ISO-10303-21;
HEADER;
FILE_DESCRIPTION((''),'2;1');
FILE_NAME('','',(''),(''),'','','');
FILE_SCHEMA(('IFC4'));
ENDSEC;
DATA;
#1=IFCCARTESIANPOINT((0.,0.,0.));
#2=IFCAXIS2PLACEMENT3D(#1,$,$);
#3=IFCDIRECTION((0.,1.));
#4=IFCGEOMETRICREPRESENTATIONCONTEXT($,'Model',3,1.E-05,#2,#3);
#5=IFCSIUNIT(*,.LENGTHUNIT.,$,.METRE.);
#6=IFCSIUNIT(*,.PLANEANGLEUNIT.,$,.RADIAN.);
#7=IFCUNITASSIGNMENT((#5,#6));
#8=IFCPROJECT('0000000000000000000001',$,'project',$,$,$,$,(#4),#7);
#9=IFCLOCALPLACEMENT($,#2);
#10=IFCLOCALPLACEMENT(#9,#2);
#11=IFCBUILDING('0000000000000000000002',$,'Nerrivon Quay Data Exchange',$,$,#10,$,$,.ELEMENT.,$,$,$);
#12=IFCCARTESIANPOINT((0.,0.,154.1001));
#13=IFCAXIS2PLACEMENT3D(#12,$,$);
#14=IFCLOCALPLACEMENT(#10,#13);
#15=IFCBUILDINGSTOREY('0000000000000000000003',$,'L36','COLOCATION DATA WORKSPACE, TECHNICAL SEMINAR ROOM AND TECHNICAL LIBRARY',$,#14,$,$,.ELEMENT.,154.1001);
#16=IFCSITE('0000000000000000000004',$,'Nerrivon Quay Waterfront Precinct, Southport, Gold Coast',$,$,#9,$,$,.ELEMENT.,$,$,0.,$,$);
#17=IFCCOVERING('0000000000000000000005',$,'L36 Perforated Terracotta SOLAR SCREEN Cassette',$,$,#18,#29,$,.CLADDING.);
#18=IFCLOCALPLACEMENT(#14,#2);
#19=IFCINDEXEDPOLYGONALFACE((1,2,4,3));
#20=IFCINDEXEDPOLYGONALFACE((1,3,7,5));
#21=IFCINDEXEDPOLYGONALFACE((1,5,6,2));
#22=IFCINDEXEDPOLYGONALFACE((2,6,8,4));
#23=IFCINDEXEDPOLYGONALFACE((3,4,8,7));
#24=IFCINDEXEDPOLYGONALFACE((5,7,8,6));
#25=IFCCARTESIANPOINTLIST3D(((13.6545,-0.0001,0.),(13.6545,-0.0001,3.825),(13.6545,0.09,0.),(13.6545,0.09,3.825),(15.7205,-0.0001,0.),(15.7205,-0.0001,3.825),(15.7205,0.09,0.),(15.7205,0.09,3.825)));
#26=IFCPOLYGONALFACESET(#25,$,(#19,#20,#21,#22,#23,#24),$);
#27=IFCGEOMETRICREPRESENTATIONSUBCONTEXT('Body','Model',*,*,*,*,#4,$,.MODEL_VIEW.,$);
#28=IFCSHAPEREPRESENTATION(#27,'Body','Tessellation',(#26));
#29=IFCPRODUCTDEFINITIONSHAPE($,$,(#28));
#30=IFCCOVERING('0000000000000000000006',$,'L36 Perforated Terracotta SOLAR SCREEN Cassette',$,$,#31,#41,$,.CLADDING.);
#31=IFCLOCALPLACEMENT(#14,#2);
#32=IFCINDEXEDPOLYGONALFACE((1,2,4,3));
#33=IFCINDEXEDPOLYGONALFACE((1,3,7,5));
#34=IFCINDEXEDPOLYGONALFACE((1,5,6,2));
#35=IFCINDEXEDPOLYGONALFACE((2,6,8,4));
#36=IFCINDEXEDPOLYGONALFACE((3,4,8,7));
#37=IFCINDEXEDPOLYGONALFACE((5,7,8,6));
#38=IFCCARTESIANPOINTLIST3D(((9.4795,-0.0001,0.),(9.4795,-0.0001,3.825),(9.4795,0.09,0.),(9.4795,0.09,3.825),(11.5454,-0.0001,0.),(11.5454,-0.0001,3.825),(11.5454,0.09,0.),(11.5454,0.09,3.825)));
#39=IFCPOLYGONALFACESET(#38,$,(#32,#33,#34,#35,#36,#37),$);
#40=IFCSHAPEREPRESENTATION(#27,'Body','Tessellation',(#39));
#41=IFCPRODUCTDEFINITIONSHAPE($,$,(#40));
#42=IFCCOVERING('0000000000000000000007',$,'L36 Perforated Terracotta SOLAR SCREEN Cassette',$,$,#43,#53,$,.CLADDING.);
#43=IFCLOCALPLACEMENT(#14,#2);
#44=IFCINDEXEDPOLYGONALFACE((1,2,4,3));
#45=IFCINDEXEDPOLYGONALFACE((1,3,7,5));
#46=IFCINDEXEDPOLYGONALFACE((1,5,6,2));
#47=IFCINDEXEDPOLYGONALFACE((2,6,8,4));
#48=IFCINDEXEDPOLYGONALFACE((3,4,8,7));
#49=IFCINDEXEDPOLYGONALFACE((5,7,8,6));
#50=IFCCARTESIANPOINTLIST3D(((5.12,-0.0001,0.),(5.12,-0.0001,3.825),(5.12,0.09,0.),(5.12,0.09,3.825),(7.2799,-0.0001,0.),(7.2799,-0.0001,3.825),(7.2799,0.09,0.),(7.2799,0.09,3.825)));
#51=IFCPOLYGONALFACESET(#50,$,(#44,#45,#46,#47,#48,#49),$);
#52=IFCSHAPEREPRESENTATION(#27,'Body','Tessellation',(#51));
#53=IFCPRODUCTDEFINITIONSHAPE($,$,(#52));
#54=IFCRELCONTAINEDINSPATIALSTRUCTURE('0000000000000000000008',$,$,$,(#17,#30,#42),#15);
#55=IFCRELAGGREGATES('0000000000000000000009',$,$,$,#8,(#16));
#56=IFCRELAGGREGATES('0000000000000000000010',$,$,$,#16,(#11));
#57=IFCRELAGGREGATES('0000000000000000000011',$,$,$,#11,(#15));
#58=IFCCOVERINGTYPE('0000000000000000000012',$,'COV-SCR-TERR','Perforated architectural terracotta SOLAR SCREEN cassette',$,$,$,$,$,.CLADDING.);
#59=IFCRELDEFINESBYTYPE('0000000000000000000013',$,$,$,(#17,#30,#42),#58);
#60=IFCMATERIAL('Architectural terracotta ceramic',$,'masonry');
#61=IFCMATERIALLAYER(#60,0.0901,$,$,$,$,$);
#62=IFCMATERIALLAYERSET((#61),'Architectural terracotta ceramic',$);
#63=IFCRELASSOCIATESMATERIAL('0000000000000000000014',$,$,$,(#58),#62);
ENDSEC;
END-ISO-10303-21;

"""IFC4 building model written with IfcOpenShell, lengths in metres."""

from ifc_helpers import new_model, si_unit, direction, frame, origin, origin_2d, place, context, subcontext, project, spatial, rectangle, extrude, material, layer, layer_set, type_object, element, save


model = new_model("IFC4")

# Units and contexts
model_context = context("Model", 3, precision=1e-05, world=origin(), true_north=direction((0.0, 1.0)))
body_context = subcontext(model_context, "Body", "Model", "MODEL_VIEW")
ifc_project = project(units=[si_unit("LENGTHUNIT", "METRE"), si_unit("PLANEANGLEUNIT", "RADIAN")], contexts=[model_context])

# Site, building, storey
site_placement = place(None, origin())
site = spatial("IfcSite", under=ifc_project, at=site_placement, Name="Nerrivon Quay Waterfront Precinct, Southport, Gold Coast", CompositionType="ELEMENT", RefElevation=0.0)
building_placement = place(site_placement, origin())
building = spatial("IfcBuilding", under=site, at=building_placement, Name="Nerrivon Quay Data Exchange", CompositionType="ELEMENT")
storey_placement = place(building_placement, frame((0.0, 0.0, 154.1001)))
storey = spatial("IfcBuildingStorey", under=building, at=storey_placement, Name="L36", Description="COLOCATION DATA WORKSPACE, TECHNICAL SEMINAR ROOM AND TECHNICAL LIBRARY", CompositionType="ELEMENT", Elevation=154.1001)

# Coverings
ifc_material_1 = material(Name="Architectural terracotta ceramic", Category="masonry")
ifc_layer_1 = layer(ifc_material_1, 0.0901)
ifc_layer_set_1 = layer_set([ifc_layer_1], Name="Architectural terracotta ceramic")
covering_type = type_object("IfcCoveringType", Name="COV-SCR-TERR", Description="Perforated architectural terracotta SOLAR SCREEN cassette", PredefinedType="CLADDING", material=ifc_layer_set_1)
for number, where, z_axis, x_axis, name in (
    (1, (14.6875, 0.0449, 0.0), (0.0, 0.0, 1.0), (-1.0, 0.0, 0.0), "L36 Perforated Terracotta SOLAR SCREEN Cassette"),
    (2, (10.5125, 0.0449, 0.0), (0.0, 0.0, 1.0), (-1.0, 0.0, 0.0), "L36 Perforated Terracotta SOLAR SCREEN Cassette"),
):
    element("IfcCovering", number, at=place(storey_placement, frame(where, z_axis=z_axis, x_axis=x_axis)), inside=storey, type_object=covering_type, Name=name, PredefinedType="CLADDING", context=body_context, shape_type="SweptSolid", body=[
        extrude(rectangle(XDim=2.0659, YDim=0.0901, at=origin_2d()), origin(), (0.0, 0.0, 1.0), 3.825),
    ])
covering_placement = place(storey_placement, frame((6.2, 0.0449, 0.0), z_axis=(0.0, 0.0, 1.0), x_axis=(-1.0, 0.0, 0.0)))
element("IfcCovering", 3, at=covering_placement, inside=storey, type_object=covering_type, Name="L36 Perforated Terracotta SOLAR SCREEN Cassette", PredefinedType="CLADDING", context=body_context, shape_type="SweptSolid", body=[
    extrude(rectangle(XDim=2.1599, YDim=0.0901, at=origin_2d()), origin(), (0.0, 0.0, 1.0), 3.825),
])

save(model, "model.ifc")
